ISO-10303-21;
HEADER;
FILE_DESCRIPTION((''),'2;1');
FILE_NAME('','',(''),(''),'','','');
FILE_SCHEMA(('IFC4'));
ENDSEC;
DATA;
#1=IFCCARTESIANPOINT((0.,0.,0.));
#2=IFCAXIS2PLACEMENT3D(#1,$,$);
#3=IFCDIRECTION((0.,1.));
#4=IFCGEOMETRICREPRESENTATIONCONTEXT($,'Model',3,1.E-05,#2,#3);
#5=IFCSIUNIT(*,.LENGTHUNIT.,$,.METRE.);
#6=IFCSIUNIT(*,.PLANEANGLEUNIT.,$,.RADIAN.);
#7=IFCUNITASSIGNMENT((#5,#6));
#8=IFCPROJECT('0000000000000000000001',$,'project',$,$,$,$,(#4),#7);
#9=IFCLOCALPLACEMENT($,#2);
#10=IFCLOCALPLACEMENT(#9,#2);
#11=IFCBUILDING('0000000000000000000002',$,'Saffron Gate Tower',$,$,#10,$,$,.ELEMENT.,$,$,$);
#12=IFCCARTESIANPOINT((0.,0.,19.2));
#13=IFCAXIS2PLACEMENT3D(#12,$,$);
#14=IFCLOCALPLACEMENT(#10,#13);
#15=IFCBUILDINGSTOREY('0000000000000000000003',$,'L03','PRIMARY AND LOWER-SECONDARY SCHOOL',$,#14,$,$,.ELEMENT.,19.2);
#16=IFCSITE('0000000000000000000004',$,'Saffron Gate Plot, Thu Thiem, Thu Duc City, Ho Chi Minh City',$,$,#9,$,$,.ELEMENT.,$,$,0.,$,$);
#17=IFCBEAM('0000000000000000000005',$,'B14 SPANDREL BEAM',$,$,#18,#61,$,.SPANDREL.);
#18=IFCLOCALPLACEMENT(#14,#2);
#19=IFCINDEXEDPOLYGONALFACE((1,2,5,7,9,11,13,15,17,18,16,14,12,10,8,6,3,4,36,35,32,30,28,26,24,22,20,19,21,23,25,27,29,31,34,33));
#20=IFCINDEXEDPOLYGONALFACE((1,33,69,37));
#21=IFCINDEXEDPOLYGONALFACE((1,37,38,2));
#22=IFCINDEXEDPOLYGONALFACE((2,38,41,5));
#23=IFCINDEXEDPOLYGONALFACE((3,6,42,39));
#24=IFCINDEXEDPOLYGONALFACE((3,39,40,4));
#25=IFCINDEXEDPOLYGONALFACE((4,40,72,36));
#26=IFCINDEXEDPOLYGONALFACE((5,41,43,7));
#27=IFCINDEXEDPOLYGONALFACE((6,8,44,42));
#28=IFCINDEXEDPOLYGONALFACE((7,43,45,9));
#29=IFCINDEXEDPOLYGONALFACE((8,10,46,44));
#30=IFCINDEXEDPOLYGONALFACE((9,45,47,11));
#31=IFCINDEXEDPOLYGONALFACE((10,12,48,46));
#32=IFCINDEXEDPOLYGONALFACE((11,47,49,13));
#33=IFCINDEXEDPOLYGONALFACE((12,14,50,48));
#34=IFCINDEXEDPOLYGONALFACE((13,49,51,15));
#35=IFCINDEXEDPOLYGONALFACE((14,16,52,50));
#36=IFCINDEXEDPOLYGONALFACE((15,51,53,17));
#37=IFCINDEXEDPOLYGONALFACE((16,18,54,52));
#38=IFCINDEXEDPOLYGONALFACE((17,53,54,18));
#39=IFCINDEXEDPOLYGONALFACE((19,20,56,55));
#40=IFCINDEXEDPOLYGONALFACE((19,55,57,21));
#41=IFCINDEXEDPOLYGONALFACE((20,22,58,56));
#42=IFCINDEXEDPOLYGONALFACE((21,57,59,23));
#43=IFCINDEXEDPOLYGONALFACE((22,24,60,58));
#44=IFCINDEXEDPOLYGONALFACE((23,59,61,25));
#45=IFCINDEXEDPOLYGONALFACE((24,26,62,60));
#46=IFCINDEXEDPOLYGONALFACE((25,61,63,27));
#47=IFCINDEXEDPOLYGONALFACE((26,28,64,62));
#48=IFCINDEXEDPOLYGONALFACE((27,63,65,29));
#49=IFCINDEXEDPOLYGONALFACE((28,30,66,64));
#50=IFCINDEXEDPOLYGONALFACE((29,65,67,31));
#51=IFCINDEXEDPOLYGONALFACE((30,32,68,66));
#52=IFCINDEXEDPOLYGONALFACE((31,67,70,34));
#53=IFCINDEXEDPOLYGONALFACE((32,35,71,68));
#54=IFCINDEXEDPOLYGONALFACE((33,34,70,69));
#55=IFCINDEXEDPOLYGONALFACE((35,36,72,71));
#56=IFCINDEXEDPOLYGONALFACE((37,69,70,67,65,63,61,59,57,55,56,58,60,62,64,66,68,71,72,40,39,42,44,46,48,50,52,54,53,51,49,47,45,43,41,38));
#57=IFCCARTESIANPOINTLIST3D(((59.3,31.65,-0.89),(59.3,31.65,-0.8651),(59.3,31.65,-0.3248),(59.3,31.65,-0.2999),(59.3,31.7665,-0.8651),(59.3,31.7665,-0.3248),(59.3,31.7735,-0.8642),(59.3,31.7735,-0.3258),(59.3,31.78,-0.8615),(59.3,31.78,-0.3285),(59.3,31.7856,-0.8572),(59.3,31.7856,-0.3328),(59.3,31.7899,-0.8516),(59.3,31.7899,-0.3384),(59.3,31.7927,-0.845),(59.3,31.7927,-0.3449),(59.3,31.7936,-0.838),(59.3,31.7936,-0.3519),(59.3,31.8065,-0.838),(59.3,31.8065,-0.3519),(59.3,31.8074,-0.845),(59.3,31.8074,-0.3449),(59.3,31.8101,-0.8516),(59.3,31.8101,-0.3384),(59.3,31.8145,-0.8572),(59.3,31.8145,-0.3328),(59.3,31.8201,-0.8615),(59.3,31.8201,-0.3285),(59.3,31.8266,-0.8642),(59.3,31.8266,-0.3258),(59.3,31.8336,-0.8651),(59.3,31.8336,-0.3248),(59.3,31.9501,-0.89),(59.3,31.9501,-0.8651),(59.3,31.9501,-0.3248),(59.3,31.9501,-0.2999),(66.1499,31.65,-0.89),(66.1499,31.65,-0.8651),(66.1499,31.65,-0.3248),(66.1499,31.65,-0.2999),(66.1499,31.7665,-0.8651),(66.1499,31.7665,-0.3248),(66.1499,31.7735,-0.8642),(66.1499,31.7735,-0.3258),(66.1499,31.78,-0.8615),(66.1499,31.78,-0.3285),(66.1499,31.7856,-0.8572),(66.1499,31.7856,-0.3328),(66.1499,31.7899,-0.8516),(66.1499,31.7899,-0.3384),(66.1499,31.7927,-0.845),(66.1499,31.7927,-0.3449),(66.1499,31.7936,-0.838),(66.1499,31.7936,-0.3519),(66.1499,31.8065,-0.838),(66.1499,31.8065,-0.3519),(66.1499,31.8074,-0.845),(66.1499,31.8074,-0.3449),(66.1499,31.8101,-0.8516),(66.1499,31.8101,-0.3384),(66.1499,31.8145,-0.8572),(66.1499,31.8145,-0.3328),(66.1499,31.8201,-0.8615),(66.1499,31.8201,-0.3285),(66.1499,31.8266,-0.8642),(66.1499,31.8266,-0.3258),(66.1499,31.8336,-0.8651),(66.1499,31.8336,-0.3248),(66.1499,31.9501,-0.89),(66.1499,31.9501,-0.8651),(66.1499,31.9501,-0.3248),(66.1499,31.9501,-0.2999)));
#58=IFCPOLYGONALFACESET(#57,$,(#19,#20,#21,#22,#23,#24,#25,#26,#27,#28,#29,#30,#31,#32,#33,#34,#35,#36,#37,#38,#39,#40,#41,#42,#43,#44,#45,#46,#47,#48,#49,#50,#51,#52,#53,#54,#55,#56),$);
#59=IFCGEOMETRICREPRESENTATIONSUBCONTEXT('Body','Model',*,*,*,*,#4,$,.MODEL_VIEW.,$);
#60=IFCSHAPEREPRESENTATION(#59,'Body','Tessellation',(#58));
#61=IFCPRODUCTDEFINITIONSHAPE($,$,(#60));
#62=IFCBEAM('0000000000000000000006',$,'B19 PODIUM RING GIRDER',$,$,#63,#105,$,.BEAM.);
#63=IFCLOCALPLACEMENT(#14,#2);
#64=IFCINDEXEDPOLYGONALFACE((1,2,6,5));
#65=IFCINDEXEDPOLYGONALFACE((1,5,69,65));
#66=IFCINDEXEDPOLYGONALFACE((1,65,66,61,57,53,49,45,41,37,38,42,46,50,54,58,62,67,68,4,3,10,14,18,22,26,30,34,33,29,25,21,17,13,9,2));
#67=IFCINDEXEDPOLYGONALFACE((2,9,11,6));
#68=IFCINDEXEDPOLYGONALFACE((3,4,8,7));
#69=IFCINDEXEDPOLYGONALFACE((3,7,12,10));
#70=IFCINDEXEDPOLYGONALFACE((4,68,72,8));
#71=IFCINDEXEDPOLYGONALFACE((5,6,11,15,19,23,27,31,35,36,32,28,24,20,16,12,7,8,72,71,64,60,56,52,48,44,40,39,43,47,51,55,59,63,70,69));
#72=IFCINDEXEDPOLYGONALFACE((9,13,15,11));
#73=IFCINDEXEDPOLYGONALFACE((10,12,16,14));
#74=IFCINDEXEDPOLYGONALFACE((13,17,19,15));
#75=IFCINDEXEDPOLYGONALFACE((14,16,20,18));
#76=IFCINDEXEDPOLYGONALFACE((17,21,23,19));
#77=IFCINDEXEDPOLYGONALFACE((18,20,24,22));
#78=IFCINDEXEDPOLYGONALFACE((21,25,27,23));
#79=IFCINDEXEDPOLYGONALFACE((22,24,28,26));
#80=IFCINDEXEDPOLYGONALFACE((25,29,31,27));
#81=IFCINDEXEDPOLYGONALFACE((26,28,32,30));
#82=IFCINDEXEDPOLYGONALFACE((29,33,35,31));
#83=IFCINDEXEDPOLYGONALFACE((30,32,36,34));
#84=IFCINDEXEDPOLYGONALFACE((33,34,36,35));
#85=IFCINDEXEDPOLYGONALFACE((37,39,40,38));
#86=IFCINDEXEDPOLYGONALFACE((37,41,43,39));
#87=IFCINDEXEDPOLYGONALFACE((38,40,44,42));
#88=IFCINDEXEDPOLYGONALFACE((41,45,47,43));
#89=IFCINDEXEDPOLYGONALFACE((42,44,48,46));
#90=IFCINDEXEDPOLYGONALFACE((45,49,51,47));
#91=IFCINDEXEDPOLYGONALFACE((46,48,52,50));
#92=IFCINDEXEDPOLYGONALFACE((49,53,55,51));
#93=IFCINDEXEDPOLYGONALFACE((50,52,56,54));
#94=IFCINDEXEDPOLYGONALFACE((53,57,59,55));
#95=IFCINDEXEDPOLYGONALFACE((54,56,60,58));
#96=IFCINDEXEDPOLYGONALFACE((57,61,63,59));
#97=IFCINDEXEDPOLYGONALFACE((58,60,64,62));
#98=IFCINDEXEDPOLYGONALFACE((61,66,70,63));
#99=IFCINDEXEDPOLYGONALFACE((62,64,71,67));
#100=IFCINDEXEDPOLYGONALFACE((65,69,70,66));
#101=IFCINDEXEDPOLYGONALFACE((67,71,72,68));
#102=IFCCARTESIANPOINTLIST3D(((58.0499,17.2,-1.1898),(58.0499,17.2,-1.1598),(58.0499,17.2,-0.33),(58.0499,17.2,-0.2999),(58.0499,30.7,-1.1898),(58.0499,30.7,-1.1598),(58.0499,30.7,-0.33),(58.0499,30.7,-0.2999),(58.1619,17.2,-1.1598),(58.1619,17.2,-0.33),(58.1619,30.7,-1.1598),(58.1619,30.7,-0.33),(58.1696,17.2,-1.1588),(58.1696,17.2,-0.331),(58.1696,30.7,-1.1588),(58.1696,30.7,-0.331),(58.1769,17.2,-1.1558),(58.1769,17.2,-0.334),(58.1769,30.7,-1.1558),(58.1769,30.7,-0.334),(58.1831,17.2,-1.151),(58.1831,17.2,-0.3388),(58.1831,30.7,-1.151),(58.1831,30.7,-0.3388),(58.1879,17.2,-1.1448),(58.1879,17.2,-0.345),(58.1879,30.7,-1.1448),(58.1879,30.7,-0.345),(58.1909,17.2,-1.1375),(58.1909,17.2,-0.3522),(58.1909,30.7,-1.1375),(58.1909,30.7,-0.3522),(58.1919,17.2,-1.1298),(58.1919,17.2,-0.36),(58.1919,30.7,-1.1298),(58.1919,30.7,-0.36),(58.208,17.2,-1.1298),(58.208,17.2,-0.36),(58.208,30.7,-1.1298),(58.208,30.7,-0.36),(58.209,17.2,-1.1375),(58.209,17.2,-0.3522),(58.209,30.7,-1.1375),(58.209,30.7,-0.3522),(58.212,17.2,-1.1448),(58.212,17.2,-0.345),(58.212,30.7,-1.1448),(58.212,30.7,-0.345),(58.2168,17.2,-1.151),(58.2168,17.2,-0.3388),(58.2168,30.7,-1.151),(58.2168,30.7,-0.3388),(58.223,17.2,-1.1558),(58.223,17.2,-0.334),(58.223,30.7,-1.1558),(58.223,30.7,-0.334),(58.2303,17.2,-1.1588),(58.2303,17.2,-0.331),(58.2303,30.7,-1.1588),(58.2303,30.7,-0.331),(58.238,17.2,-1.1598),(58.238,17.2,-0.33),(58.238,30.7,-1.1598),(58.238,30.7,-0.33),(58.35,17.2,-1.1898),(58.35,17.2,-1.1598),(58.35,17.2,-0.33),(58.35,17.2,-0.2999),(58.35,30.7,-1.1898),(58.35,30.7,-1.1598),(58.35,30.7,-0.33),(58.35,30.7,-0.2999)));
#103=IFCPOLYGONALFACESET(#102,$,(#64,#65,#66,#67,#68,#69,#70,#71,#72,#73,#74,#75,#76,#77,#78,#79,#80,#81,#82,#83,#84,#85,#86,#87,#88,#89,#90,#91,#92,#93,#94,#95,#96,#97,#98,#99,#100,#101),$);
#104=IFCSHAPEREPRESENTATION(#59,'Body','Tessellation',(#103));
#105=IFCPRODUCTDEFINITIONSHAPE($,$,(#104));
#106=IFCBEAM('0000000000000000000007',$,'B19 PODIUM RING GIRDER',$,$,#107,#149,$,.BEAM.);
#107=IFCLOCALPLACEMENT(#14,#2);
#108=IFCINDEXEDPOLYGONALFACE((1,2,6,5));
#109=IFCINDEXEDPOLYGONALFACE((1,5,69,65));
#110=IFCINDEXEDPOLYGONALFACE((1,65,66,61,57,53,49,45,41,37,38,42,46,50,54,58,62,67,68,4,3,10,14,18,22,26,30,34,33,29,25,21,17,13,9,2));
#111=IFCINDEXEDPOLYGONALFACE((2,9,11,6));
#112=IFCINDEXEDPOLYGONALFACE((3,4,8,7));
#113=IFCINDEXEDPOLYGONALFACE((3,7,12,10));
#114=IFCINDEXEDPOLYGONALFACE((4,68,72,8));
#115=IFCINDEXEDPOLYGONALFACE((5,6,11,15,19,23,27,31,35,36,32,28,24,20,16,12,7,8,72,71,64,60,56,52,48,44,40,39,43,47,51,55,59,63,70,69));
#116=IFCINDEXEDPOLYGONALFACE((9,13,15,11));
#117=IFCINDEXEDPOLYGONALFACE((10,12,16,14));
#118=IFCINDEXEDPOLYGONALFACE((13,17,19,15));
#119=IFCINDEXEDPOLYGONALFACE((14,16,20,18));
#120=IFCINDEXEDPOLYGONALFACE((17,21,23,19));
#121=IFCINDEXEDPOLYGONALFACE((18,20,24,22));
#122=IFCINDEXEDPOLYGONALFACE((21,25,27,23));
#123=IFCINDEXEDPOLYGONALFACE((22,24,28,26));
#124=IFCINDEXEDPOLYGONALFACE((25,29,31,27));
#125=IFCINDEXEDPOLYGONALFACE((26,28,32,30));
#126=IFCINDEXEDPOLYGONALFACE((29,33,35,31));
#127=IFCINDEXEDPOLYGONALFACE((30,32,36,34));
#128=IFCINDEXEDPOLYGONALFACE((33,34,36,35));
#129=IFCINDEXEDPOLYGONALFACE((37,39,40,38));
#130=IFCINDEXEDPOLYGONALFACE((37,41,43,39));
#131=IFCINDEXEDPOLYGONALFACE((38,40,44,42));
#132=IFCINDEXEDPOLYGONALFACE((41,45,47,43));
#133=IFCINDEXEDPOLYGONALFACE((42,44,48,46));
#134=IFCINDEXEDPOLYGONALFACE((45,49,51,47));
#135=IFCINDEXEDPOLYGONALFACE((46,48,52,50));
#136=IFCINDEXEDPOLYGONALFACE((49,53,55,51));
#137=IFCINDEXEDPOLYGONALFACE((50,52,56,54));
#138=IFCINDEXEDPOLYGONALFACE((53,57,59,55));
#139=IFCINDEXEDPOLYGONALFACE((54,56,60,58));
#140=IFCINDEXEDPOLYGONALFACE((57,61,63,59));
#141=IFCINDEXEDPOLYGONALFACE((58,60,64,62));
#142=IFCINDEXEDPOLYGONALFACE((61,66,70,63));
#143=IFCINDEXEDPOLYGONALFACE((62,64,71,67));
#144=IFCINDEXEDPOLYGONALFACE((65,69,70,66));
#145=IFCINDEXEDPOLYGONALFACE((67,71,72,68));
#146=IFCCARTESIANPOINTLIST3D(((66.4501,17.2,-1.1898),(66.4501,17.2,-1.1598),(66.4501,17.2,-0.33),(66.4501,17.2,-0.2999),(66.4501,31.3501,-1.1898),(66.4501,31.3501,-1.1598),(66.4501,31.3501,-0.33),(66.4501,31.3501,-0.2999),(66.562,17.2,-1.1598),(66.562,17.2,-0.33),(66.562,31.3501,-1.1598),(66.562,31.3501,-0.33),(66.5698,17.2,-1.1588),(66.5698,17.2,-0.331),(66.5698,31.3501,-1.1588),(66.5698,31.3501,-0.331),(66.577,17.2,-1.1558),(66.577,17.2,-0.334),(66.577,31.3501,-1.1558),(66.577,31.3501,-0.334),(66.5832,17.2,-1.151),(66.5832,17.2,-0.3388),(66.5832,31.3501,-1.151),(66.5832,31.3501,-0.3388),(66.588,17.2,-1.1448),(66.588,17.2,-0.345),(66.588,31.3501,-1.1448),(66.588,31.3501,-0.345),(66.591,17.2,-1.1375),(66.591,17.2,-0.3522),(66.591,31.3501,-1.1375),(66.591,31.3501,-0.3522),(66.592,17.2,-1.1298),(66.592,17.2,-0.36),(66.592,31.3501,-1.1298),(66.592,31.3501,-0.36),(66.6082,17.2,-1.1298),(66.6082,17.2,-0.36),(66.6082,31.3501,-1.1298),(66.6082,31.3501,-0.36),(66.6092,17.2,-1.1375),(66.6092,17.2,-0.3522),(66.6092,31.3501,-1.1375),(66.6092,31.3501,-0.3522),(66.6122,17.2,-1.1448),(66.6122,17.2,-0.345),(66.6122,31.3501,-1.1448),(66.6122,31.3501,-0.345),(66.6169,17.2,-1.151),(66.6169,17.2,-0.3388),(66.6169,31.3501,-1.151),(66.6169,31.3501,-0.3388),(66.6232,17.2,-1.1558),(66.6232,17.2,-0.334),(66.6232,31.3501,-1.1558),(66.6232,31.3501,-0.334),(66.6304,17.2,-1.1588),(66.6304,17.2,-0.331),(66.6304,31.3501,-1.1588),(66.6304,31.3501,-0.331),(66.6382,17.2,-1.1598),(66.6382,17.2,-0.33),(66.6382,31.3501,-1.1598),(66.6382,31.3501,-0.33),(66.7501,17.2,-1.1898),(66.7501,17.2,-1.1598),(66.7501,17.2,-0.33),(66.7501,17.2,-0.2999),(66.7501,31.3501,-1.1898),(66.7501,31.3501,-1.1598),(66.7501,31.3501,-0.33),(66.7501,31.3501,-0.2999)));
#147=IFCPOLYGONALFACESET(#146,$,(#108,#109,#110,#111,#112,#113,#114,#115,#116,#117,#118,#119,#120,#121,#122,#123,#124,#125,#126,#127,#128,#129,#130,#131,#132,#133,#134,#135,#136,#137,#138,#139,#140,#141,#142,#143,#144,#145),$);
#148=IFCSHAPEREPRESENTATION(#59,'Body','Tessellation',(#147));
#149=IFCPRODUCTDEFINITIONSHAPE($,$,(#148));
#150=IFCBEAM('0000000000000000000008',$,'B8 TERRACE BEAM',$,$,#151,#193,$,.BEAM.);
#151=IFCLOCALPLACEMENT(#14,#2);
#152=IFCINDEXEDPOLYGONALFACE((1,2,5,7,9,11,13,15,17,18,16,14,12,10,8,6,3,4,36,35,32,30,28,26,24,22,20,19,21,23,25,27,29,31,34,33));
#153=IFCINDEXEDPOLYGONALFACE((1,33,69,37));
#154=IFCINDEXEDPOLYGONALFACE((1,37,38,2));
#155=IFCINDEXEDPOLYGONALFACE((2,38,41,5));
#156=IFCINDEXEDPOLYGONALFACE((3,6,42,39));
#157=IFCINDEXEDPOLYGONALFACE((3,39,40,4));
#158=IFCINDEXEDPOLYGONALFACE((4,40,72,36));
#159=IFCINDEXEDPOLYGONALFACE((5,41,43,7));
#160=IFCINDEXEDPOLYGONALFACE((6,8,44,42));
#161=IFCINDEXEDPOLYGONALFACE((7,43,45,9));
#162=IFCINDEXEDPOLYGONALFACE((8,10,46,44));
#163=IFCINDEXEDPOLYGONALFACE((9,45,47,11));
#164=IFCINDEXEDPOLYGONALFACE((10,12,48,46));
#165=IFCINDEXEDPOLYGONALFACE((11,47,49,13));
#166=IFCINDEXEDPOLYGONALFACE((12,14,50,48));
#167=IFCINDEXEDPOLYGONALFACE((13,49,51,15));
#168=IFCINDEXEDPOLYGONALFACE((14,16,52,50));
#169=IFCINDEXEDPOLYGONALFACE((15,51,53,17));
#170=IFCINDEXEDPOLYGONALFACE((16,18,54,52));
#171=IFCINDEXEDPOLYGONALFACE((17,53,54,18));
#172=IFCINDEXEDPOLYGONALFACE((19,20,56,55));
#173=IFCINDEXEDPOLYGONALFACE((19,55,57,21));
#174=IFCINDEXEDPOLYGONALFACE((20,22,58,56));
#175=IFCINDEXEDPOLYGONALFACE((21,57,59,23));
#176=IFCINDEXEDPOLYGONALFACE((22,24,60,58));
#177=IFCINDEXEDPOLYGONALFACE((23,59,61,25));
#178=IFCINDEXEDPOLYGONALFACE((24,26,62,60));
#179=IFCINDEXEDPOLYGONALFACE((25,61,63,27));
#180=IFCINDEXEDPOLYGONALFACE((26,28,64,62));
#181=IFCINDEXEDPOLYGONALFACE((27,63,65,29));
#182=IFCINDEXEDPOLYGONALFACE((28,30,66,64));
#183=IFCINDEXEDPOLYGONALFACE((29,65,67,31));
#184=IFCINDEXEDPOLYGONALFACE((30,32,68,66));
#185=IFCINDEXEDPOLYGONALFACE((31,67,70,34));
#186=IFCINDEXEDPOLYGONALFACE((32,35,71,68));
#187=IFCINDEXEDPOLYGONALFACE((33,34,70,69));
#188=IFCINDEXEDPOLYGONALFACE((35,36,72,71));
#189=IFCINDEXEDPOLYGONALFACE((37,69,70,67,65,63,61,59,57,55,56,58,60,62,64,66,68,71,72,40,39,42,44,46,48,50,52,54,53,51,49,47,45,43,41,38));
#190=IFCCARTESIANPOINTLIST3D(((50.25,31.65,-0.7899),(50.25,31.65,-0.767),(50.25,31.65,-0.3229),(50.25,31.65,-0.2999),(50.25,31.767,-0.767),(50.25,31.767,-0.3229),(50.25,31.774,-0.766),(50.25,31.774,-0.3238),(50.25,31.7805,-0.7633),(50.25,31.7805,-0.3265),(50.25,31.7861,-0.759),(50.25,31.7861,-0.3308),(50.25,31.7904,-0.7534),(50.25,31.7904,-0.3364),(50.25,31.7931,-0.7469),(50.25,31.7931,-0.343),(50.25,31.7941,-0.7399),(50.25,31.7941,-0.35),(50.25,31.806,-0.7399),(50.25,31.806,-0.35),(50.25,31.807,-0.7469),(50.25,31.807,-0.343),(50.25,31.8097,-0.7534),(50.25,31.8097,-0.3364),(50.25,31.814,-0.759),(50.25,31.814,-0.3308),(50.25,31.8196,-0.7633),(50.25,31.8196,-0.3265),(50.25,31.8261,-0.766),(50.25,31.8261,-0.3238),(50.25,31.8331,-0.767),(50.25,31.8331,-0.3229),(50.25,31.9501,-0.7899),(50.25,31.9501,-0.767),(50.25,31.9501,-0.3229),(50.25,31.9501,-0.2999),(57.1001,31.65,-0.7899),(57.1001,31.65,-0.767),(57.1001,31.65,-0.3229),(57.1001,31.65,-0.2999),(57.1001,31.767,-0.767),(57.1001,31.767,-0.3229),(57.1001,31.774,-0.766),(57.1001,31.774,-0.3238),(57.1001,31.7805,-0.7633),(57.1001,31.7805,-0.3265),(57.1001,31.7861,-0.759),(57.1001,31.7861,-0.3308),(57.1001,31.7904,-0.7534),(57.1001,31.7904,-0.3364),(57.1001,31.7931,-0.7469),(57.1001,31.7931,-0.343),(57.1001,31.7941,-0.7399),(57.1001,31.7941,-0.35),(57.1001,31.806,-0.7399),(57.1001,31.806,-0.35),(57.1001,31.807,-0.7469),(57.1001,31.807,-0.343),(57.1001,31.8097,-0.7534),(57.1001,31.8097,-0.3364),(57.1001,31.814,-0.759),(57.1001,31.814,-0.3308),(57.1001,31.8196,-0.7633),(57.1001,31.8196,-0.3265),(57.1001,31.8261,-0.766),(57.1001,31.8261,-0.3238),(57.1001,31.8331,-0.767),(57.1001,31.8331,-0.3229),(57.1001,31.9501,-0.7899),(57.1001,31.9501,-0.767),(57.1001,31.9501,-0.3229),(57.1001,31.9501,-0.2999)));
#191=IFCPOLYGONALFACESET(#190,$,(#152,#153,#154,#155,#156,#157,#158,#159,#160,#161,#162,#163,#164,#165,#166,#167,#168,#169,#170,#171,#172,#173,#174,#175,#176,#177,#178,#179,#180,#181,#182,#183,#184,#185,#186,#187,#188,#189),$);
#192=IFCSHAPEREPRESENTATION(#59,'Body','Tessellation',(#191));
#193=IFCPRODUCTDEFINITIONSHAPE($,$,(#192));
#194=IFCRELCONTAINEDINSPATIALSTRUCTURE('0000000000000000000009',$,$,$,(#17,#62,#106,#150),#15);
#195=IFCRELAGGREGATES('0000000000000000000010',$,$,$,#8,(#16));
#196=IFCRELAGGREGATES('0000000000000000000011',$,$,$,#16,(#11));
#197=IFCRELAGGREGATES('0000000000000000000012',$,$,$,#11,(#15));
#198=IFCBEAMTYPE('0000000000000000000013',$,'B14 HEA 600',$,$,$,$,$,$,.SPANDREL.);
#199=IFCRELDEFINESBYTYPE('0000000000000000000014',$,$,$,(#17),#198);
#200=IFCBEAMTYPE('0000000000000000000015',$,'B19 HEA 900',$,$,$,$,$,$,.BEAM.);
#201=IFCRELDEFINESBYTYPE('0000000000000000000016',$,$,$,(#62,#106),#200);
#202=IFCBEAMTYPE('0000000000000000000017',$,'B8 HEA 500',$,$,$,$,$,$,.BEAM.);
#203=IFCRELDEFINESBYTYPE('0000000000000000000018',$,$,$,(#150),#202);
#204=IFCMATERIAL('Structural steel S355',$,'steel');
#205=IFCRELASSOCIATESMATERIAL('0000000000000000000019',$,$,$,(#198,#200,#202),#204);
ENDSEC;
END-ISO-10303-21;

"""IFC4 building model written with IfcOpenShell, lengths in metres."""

from ifc_helpers import new_model, si_unit, direction, frame, origin, origin_2d, place, context, subcontext, project, spatial, i_section, extrude, material, material_profile, profile_set, type_object, element, save


model = new_model("IFC4")

# Units and contexts
model_context = context("Model", 3, precision=1e-05, world=origin(), true_north=direction((0.0, 1.0)))
body_context = subcontext(model_context, "Body", "Model", "MODEL_VIEW")
ifc_project = project(units=[si_unit("LENGTHUNIT", "METRE"), si_unit("PLANEANGLEUNIT", "RADIAN")], contexts=[model_context])

# Site, building, storey
site_placement = place(None, origin())
site = spatial("IfcSite", under=ifc_project, at=site_placement, Name="Saffron Gate Plot, Thu Thiem, Thu Duc City, Ho Chi Minh City", CompositionType="ELEMENT", RefElevation=0.0)
building_placement = place(site_placement, origin())
building = spatial("IfcBuilding", under=site, at=building_placement, Name="Saffron Gate Tower", CompositionType="ELEMENT")
storey_placement = place(building_placement, frame((0.0, 0.0, 19.2)))
storey = spatial("IfcBuildingStorey", under=building, at=storey_placement, Name="L03", Description="PRIMARY AND LOWER-SECONDARY SCHOOL", CompositionType="ELEMENT", Elevation=19.2)

# Beams
ifc_material_1 = material(Name="Structural steel S355", Category="steel")
ifc_material_profile_1 = material_profile(ifc_material_1, i_section(OverallWidth=0.3, OverallDepth=0.5901, WebThickness=0.0129, FlangeThickness=0.0249, FilletRadius=0.0271, at=origin_2d()))
ifc_profile_set_1 = profile_set([ifc_material_profile_1], Name="Structural steel S355")
beam_type_1 = type_object("IfcBeamType", Name="B14 HEA 600", PredefinedType="SPANDREL", material=ifc_profile_set_1)
for number, where, z_axis, x_axis, name in (
    (1, (59.3, 31.8, -0.595), (1.0, 0.0, 0.0), (0.0, 1.0, 0.0), "B14 SPANDREL BEAM"),
):
    element("IfcBeam", number, at=place(storey_placement, frame(where, z_axis=z_axis, x_axis=x_axis)), inside=storey, type_object=beam_type_1, Name=name, PredefinedType="SPANDREL", context=body_context, shape_type="SweptSolid", body=[
        extrude(i_section(OverallWidth=0.3, OverallDepth=0.5901, WebThickness=0.0129, FlangeThickness=0.0249, FilletRadius=0.0271, at=origin_2d()), origin(), (0.0, 0.0, 1.0), 6.8499),
    ])
ifc_material_profile_2 = material_profile(ifc_material_1, i_section(OverallWidth=0.3, OverallDepth=0.8899, WebThickness=0.0161, FlangeThickness=0.03, FilletRadius=0.03, at=origin_2d()))
ifc_profile_set_2 = profile_set([ifc_material_profile_2], Name="Structural steel S355")
beam_type_2 = type_object("IfcBeamType", Name="B19 HEA 900", PredefinedType="BEAM", material=ifc_profile_set_2)
beam_1_placement = place(storey_placement, frame((58.2, 17.2, -0.7449), z_axis=(0.0, 1.0, 0.0), x_axis=(-1.0, 0.0, 0.0)))
element("IfcBeam", 2, at=beam_1_placement, inside=storey, type_object=beam_type_2, Name="B19 PODIUM RING GIRDER", PredefinedType="BEAM", context=body_context, shape_type="SweptSolid", body=[
    extrude(i_section(OverallWidth=0.3, OverallDepth=0.8899, WebThickness=0.0161, FlangeThickness=0.03, FilletRadius=0.03, at=origin_2d()), origin(), (0.0, 0.0, 1.0), 13.5),
])
beam_2_placement = place(storey_placement, frame((66.6001, 17.2, -0.7449), z_axis=(0.0, 1.0, 0.0), x_axis=(-1.0, 0.0, 0.0)))
element("IfcBeam", 3, at=beam_2_placement, inside=storey, type_object=beam_type_2, Name="B19 PODIUM RING GIRDER", PredefinedType="BEAM", context=body_context, shape_type="SweptSolid", body=[
    extrude(i_section(OverallWidth=0.3, OverallDepth=0.8899, WebThickness=0.0161, FlangeThickness=0.03, FilletRadius=0.03, at=origin_2d()), origin(), (0.0, 0.0, 1.0), 14.1501),
])
ifc_material_profile_3 = material_profile(ifc_material_1, i_section(OverallWidth=0.3, OverallDepth=0.49, WebThickness=0.012, FlangeThickness=0.0229, FilletRadius=0.0271, at=origin_2d()))
ifc_profile_set_3 = profile_set([ifc_material_profile_3], Name="Structural steel S355")
beam_type_3 = type_object("IfcBeamType", Name="B8 HEA 500", PredefinedType="BEAM", material=ifc_profile_set_3)
beam_3_placement = place(storey_placement, frame((50.25, 31.8, -0.5449), z_axis=(1.0, 0.0, 0.0), x_axis=(0.0, 1.0, 0.0)))
element("IfcBeam", 4, at=beam_3_placement, inside=storey, type_object=beam_type_3, Name="B8 TERRACE BEAM", PredefinedType="BEAM", context=body_context, shape_type="SweptSolid", body=[
    extrude(i_section(OverallWidth=0.3, OverallDepth=0.49, WebThickness=0.012, FlangeThickness=0.0229, FilletRadius=0.0271, at=origin_2d()), origin(), (0.0, 0.0, 1.0), 6.8501),
])

save(model, "model.ifc")
